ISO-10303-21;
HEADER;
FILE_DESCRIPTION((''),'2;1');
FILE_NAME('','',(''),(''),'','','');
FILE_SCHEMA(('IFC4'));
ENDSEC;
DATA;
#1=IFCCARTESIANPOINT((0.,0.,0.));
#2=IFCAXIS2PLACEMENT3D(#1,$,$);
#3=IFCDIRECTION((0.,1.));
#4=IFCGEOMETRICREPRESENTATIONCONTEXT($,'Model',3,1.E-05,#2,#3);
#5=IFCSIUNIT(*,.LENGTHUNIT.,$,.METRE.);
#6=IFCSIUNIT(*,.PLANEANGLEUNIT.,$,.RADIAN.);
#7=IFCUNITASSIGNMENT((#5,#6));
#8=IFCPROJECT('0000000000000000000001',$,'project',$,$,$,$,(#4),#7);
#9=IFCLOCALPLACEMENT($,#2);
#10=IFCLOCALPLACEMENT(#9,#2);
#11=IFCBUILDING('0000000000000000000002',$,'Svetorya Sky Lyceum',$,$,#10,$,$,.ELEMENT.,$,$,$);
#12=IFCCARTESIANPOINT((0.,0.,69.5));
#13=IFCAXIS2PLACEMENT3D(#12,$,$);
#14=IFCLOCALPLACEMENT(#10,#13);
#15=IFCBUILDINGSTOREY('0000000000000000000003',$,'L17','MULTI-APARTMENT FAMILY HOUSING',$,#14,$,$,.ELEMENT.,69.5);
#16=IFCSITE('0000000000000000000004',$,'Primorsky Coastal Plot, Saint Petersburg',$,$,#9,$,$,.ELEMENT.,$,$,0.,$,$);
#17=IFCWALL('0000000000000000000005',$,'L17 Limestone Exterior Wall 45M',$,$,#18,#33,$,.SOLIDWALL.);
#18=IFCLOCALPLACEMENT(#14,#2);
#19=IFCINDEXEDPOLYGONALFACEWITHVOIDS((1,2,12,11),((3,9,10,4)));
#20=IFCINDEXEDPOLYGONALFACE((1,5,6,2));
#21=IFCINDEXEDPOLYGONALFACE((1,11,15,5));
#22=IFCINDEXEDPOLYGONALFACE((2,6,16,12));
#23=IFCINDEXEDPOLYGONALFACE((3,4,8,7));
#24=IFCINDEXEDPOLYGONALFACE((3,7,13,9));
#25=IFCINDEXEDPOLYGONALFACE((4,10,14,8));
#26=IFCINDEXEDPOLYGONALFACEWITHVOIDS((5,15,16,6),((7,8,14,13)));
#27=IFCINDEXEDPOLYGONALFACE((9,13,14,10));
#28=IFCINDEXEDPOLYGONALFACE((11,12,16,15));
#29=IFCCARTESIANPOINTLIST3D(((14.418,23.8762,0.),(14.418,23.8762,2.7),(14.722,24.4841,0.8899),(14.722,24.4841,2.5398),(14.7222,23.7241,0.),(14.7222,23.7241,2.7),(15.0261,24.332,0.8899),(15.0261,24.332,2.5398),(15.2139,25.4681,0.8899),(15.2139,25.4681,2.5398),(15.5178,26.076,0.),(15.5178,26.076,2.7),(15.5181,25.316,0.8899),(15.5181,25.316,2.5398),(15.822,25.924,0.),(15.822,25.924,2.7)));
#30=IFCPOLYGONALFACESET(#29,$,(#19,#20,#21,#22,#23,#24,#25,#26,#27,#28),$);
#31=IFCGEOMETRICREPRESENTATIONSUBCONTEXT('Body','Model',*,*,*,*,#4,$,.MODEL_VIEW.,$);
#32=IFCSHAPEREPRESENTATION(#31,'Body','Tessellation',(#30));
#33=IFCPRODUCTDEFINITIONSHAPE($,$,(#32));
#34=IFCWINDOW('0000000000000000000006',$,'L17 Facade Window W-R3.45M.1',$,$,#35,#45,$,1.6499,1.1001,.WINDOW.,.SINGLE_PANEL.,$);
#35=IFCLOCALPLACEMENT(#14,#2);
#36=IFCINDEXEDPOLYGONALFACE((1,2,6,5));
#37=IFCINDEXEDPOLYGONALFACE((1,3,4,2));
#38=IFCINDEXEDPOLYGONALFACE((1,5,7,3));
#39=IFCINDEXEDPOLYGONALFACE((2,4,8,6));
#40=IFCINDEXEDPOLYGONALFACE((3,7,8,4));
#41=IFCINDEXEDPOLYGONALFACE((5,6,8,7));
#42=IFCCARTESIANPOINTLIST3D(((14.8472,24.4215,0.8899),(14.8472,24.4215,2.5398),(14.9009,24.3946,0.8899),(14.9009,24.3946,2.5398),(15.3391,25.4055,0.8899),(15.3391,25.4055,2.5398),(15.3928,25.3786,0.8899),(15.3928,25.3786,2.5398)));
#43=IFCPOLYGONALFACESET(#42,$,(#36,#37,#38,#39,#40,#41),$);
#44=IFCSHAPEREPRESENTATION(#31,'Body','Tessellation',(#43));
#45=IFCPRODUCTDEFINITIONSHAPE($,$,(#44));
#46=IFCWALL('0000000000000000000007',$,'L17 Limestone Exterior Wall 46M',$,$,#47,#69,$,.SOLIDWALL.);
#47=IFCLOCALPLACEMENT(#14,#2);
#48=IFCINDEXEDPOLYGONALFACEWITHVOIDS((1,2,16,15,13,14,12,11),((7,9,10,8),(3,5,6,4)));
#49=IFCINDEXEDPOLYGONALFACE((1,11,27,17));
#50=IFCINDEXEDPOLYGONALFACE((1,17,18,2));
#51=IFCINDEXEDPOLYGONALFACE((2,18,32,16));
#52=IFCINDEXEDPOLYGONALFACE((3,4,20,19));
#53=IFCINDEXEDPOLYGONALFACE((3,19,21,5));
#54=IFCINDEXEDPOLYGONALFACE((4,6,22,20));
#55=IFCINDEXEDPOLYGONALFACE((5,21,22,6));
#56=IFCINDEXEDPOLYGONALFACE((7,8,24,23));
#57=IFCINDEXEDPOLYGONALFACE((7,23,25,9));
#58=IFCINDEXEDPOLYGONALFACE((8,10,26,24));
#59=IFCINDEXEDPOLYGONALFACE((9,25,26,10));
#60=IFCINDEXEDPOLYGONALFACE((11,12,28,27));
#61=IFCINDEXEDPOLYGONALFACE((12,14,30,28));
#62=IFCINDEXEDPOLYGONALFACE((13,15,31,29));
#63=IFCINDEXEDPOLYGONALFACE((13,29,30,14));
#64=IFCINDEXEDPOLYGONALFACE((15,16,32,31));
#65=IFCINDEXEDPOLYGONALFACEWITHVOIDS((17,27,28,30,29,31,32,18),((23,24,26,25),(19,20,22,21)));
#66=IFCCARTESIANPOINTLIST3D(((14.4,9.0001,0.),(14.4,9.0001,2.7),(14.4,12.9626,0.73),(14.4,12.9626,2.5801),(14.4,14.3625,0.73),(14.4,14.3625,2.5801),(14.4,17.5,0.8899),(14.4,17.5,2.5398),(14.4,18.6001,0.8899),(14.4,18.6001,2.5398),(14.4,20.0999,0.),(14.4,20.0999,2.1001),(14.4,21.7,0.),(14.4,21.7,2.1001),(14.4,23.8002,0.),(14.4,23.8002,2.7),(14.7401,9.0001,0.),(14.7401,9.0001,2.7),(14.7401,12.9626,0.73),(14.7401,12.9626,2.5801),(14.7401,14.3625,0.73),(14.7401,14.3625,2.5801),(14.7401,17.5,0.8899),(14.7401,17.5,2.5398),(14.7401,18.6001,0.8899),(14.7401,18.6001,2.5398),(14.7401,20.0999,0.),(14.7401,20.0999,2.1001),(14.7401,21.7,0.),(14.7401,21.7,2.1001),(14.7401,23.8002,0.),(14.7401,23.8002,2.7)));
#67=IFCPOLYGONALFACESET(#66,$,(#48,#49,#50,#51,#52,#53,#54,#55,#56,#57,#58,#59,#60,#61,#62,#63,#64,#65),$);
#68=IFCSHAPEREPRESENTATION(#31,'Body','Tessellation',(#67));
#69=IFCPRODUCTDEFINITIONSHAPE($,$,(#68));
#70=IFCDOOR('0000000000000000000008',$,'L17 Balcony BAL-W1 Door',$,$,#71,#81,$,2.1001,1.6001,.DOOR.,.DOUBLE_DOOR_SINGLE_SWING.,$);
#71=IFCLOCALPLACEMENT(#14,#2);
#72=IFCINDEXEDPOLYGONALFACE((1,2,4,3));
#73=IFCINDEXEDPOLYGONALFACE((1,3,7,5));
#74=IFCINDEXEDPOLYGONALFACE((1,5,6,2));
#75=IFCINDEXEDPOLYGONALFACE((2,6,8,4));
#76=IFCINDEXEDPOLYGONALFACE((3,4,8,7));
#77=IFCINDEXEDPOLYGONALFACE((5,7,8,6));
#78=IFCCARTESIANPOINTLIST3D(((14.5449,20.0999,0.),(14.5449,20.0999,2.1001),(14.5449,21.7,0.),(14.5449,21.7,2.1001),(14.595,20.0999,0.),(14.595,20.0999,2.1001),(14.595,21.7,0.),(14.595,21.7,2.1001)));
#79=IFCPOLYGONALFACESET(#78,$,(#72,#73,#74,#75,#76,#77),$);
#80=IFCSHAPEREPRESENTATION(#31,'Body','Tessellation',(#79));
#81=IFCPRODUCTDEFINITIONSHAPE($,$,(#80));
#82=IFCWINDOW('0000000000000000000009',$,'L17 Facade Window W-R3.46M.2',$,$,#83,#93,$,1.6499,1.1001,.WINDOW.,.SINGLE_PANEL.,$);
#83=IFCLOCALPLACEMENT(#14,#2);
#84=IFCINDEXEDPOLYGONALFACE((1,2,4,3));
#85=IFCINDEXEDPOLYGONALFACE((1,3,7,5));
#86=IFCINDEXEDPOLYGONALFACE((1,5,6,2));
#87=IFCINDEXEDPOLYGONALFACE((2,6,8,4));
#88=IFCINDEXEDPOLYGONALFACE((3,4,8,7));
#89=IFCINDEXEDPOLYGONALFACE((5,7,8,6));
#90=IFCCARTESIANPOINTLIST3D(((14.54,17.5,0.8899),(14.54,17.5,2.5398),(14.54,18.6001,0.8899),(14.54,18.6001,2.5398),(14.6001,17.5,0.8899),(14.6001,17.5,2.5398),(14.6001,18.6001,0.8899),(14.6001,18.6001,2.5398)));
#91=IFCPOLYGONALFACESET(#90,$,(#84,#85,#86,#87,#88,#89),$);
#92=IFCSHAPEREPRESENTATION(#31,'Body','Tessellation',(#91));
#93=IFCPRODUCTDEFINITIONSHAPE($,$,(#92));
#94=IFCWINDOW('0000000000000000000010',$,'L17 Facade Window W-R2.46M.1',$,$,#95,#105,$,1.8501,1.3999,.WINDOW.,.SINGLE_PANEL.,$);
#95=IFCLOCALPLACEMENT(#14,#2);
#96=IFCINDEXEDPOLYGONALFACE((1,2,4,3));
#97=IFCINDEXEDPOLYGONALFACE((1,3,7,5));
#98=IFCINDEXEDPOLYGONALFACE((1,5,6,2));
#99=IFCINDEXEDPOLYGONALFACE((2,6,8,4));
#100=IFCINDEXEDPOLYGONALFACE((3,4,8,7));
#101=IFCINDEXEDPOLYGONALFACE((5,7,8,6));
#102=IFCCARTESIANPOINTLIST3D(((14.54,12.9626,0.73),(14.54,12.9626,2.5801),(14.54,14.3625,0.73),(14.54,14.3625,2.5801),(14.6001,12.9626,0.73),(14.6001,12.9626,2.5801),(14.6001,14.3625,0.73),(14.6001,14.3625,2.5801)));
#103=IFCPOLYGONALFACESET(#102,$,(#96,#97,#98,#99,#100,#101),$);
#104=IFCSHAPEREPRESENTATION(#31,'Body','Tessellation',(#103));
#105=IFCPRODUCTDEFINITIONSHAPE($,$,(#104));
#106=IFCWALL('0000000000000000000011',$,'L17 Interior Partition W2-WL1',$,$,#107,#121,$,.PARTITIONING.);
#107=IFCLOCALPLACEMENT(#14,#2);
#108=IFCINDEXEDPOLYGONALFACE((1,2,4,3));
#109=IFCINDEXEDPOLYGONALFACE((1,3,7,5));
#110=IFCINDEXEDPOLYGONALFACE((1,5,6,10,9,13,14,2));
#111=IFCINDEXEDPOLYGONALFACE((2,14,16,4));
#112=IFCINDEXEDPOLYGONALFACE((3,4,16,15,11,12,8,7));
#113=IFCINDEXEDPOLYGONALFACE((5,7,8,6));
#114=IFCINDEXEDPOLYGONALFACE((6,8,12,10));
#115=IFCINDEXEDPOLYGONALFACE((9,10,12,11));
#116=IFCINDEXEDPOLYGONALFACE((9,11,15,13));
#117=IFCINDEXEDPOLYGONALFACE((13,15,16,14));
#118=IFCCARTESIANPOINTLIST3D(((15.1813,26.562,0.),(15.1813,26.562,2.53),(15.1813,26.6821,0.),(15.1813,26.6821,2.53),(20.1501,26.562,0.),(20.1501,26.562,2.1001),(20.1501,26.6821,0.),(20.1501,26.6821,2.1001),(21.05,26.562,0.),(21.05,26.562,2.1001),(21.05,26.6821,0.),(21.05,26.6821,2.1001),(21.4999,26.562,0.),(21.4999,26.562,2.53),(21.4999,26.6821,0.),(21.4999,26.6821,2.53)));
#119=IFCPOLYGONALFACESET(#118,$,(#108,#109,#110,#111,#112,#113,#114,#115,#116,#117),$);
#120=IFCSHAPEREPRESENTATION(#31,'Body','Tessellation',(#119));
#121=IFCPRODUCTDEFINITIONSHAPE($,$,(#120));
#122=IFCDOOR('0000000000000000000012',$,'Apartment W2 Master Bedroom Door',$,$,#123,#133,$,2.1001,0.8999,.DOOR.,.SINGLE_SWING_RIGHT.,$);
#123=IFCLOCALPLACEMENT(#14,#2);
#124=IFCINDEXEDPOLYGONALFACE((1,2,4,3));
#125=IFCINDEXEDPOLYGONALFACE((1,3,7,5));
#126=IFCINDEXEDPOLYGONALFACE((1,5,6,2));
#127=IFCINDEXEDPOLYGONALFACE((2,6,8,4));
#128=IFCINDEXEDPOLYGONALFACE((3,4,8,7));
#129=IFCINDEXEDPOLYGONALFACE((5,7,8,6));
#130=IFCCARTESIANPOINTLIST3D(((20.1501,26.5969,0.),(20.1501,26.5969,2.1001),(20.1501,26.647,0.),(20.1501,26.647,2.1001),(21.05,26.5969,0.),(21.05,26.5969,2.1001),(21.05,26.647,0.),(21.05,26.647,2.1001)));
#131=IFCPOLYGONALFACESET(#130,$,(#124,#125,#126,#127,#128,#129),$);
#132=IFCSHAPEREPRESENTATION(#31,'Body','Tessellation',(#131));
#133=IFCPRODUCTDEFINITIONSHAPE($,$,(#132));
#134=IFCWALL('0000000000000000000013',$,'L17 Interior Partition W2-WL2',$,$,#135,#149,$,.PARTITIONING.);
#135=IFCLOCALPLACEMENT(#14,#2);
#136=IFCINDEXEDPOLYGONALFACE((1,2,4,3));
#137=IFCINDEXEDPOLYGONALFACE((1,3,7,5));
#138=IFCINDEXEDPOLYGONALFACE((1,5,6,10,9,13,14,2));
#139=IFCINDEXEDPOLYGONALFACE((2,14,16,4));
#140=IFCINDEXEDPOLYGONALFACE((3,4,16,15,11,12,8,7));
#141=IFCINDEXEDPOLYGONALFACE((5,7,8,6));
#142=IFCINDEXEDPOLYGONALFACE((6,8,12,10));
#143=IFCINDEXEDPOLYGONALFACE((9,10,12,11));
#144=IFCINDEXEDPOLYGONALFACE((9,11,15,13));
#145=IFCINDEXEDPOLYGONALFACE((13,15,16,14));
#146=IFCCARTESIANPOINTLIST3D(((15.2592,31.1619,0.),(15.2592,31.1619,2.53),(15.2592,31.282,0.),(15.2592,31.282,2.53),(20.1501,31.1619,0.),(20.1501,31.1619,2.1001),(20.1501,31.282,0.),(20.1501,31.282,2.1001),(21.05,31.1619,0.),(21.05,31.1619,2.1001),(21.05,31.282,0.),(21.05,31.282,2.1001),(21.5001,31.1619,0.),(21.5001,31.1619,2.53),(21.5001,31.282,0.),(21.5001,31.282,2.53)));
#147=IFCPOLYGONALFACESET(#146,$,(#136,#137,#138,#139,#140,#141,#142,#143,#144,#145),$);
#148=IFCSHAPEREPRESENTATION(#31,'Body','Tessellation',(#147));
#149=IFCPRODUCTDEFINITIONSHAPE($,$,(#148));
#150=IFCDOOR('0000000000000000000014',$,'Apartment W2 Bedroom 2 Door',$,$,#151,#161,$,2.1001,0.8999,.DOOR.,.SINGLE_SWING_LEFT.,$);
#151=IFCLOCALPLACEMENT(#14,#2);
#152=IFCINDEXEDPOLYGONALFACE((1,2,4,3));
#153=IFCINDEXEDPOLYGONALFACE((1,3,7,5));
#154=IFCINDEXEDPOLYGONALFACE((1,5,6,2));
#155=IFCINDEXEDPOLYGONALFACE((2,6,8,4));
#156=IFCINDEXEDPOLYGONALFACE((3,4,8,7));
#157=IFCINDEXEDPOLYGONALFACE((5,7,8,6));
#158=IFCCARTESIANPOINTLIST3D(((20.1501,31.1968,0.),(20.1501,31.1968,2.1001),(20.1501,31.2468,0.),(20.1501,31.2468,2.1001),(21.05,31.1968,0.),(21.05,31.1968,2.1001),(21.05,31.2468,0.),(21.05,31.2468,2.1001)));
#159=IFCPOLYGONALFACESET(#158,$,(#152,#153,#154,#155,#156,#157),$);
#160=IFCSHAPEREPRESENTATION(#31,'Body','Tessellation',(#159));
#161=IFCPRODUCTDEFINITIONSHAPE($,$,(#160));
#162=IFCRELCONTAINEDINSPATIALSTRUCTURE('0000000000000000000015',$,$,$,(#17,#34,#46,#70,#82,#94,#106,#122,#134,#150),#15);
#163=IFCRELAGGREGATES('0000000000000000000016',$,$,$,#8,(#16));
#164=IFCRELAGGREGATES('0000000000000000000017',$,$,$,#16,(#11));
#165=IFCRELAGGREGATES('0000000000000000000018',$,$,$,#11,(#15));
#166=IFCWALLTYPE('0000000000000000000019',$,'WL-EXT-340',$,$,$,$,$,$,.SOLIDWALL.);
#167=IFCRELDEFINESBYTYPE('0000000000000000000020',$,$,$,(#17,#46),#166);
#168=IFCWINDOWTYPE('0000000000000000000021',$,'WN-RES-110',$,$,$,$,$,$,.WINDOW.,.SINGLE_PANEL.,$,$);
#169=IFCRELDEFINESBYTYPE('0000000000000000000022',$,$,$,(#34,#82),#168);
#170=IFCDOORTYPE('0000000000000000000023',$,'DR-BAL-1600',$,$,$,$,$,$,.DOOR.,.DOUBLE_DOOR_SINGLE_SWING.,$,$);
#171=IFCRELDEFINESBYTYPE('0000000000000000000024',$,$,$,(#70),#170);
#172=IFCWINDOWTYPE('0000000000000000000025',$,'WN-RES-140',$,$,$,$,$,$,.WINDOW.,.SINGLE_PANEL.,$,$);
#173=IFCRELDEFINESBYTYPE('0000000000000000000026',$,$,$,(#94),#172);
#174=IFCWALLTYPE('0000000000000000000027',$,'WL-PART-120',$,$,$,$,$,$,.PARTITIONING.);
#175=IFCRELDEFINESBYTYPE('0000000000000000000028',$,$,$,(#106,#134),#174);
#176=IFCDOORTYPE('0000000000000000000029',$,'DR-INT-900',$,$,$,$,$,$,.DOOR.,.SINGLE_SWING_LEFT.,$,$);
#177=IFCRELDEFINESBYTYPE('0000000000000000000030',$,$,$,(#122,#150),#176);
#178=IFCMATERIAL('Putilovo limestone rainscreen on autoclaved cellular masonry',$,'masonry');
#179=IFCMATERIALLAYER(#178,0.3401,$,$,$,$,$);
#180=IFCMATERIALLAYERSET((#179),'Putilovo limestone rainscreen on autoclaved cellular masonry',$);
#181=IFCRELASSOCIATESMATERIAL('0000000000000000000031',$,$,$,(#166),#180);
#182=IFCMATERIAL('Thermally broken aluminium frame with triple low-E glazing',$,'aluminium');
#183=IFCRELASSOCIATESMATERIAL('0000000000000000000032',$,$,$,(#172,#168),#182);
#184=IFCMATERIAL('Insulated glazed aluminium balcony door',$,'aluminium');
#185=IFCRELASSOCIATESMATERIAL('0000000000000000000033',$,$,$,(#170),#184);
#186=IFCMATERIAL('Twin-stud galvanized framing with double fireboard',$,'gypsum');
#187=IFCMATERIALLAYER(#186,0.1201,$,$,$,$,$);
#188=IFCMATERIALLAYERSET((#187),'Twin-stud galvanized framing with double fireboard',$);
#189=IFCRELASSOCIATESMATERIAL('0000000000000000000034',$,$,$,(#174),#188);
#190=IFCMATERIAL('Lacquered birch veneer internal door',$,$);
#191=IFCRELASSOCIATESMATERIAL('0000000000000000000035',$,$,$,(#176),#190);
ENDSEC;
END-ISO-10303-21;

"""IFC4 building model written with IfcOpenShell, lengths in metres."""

from ifc_helpers import new_model, si_unit, direction, frame, frame_2d, origin, place, context, subcontext, project, spatial, rectangle, extrude, material, layer, layer_set, type_object, element, fill, save


model = new_model("IFC4")

# Units and contexts
model_context = context("Model", 3, precision=1e-05, world=origin(), true_north=direction((0.0, 1.0)))
body_context = subcontext(model_context, "Body", "Model", "MODEL_VIEW")
ifc_project = project(units=[si_unit("LENGTHUNIT", "METRE"), si_unit("PLANEANGLEUNIT", "RADIAN")], contexts=[model_context])

# Site, building, storey
site_placement = place(None, origin())
site = spatial("IfcSite", under=ifc_project, at=site_placement, Name="Primorsky Coastal Plot, Saint Petersburg", CompositionType="ELEMENT", RefElevation=0.0)
building_placement = place(site_placement, origin())
building = spatial("IfcBuilding", under=site, at=building_placement, Name="Svetorya Sky Lyceum", CompositionType="ELEMENT")
storey_placement = place(building_placement, frame((0.0, 0.0, 69.5)))
storey = spatial("IfcBuildingStorey", under=building, at=storey_placement, Name="L17", Description="MULTI-APARTMENT FAMILY HOUSING", CompositionType="ELEMENT", Elevation=69.5)

# Shared definitions
ifc_material_1 = material(Name="Putilovo limestone rainscreen on autoclaved cellular masonry", Category="masonry")
ifc_layer_1 = layer(ifc_material_1, 0.3401)
ifc_layer_set_1 = layer_set([ifc_layer_1], Name="Putilovo limestone rainscreen on autoclaved cellular masonry")
wall_type_1 = type_object("IfcWallType", Name="WL-EXT-340", PredefinedType="SOLIDWALL", material=ifc_layer_set_1)

# Shared definitions
ifc_material_2 = material(Name="Thermally broken aluminium frame with triple low-E glazing", Category="aluminium")
window_type_1 = type_object("IfcWindowType", Name="WN-RES-140", PartitioningType="SINGLE_PANEL", PredefinedType="WINDOW", material=ifc_material_2)

# Wall, opening, window
wall_1_placement = place(storey_placement, frame((15.6699, 26.0, 0.0), z_axis=(0.0, 0.0, 1.0), x_axis=(-0.447174, -0.894447, 0.0)))
wall_1 = element("IfcWall", 1, at=wall_1_placement, inside=storey, type_object=wall_type_1, Name="L17 Limestone Exterior Wall 45M", PredefinedType="SOLIDWALL", context=body_context, shape_type="SweptSolid", body=[
    extrude(rectangle(XDim=2.4595, YDim=0.3401, at=frame_2d((1.2297, 0.0))), origin(), (0.0, 0.0, 1.0), 2.7),
])
opening_1_placement = place(wall_1_placement, frame((0.6797, 0.0, 0.8899)))
opening_1 = element("IfcOpeningElement", 2, at=opening_1_placement, cuts=wall_1, PredefinedType="OPENING", context=body_context, shape_type="SweptSolid", body=[
    extrude(rectangle(XDim=1.1001, YDim=1.6499, at=frame_2d((0.55, 0.825))), frame((0.0, 0.1799, 0.0), z_axis=(0.0, -1.0, 0.0), x_axis=(1.0, 0.0, 0.0)), (0.0, 0.0, 1.0), 0.3601),
])
window_type_2 = type_object("IfcWindowType", Name="WN-RES-110", PartitioningType="SINGLE_PANEL", PredefinedType="WINDOW", material=ifc_material_2)
window_1_placement = place(opening_1_placement, origin())
window_1 = element("IfcWindow", 3, at=window_1_placement, inside=storey, type_object=window_type_2, Name="L17 Facade Window W-R3.45M.1", OverallHeight=1.6499, OverallWidth=1.1001, PartitioningType="SINGLE_PANEL", PredefinedType="WINDOW", context=body_context, shape_type="SweptSolid", body=[
    extrude(rectangle(XDim=1.1001, YDim=1.6499, at=frame_2d((0.55, 0.825))), frame((0.0, 0.03, 0.0), z_axis=(0.0, -1.0, 0.0), x_axis=(1.0, 0.0, 0.0)), (0.0, 0.0, 1.0), 0.0601),
])
fill(opening_1, window_1)

# Wall, openings, door, windows
wall_2_placement = place(storey_placement, frame((14.5701, 23.8, 0.0), z_axis=(0.0, 0.0, 1.0), x_axis=(0.0, -1.0, 0.0)))
wall_2 = element("IfcWall", 4, at=wall_2_placement, inside=storey, type_object=wall_type_1, Name="L17 Limestone Exterior Wall 46M", PredefinedType="SOLIDWALL", context=body_context, shape_type="SweptSolid", body=[
    extrude(rectangle(XDim=14.8, YDim=0.3401, at=frame_2d((7.3999, 0.0))), origin(), (0.0, 0.0, 1.0), 2.7),
])
opening_2_placement = place(wall_2_placement, frame((2.1001, 0.0, 0.0)))
opening_2 = element("IfcOpeningElement", 5, at=opening_2_placement, cuts=wall_2, PredefinedType="OPENING", context=body_context, shape_type="SweptSolid", body=[
    extrude(rectangle(XDim=1.6001, YDim=2.1001, at=frame_2d((0.8, 1.05))), frame((0.0, 0.1799, 0.0), z_axis=(0.0, -1.0, 0.0), x_axis=(1.0, 0.0, 0.0)), (0.0, 0.0, 1.0), 0.3601),
])
opening_3_placement = place(wall_2_placement, frame((5.2, 0.0, 0.8899)))
opening_3 = element("IfcOpeningElement", 6, at=opening_3_placement, cuts=wall_2, PredefinedType="OPENING", context=body_context, shape_type="SweptSolid", body=[
    extrude(rectangle(XDim=1.1001, YDim=1.6499, at=frame_2d((0.55, 0.825))), frame((0.0, 0.1799, 0.0), z_axis=(0.0, -1.0, 0.0), x_axis=(1.0, 0.0, 0.0)), (0.0, 0.0, 1.0), 0.3601),
])
opening_4_placement = place(wall_2_placement, frame((9.4375, 0.0, 0.73)))
opening_4 = element("IfcOpeningElement", 7, at=opening_4_placement, cuts=wall_2, PredefinedType="OPENING", context=body_context, shape_type="SweptSolid", body=[
    extrude(rectangle(XDim=1.3999, YDim=1.8501, at=frame_2d((0.7, 0.925))), frame((0.0, 0.1799, 0.0), z_axis=(0.0, -1.0, 0.0), x_axis=(1.0, 0.0, 0.0)), (0.0, 0.0, 1.0), 0.3601),
])
ifc_material_3 = material(Name="Insulated glazed aluminium balcony door", Category="aluminium")
door_type_1 = type_object("IfcDoorType", Name="DR-BAL-1600", OperationType="DOUBLE_DOOR_SINGLE_SWING", PredefinedType="DOOR", material=ifc_material_3)
door_1_placement = place(opening_2_placement, origin())
door_1 = element("IfcDoor", 8, at=door_1_placement, inside=storey, type_object=door_type_1, Name="L17 Balcony BAL-W1 Door", OperationType="DOUBLE_DOOR_SINGLE_SWING", OverallHeight=2.1001, OverallWidth=1.6001, PredefinedType="DOOR", context=body_context, shape_type="SweptSolid", body=[
    extrude(rectangle(XDim=1.6001, YDim=2.1001, at=frame_2d((0.8, 1.05))), frame((0.0, 0.0249, 0.0), z_axis=(0.0, -1.0, 0.0), x_axis=(1.0, 0.0, 0.0)), (0.0, 0.0, 1.0), 0.05),
])
fill(opening_2, door_1)
window_2_placement = place(opening_3_placement, origin())
window_2 = element("IfcWindow", 9, at=window_2_placement, inside=storey, type_object=window_type_2, Name="L17 Facade Window W-R3.46M.2", OverallHeight=1.6499, OverallWidth=1.1001, PartitioningType="SINGLE_PANEL", PredefinedType="WINDOW", context=body_context, shape_type="SweptSolid", body=[
    extrude(rectangle(XDim=1.1001, YDim=1.6499, at=frame_2d((0.55, 0.825))), frame((0.0, 0.03, 0.0), z_axis=(0.0, -1.0, 0.0), x_axis=(1.0, 0.0, 0.0)), (0.0, 0.0, 1.0), 0.0601),
])
fill(opening_3, window_2)
window_3_placement = place(opening_4_placement, origin())
window_3 = element("IfcWindow", 10, at=window_3_placement, inside=storey, type_object=window_type_1, Name="L17 Facade Window W-R2.46M.1", OverallHeight=1.8501, OverallWidth=1.3999, PartitioningType="SINGLE_PANEL", PredefinedType="WINDOW", context=body_context, shape_type="SweptSolid", body=[
    extrude(rectangle(XDim=1.3999, YDim=1.8501, at=frame_2d((0.7, 0.925))), frame((0.0, 0.03, 0.0), z_axis=(0.0, -1.0, 0.0), x_axis=(1.0, 0.0, 0.0)), (0.0, 0.0, 1.0), 0.0601),
])
fill(opening_4, window_3)

# Walls, openings, doors
ifc_material_4 = material(Name="Twin-stud galvanized framing with double fireboard", Category="gypsum")
ifc_layer_2 = layer(ifc_material_4, 0.1201)
ifc_layer_set_2 = layer_set([ifc_layer_2], Name="Twin-stud galvanized framing with double fireboard")
wall_type_2 = type_object("IfcWallType", Name="WL-PART-120", PredefinedType="PARTITIONING", material=ifc_layer_set_2)
wall_3_placement = place(storey_placement, frame((15.1814, 26.6221, 0.0), z_axis=(0.0, 0.0, 1.0), x_axis=(1.0, 0.0, 0.0)))
wall_3 = element("IfcWall", 11, at=wall_3_placement, inside=storey, type_object=wall_type_2, Name="L17 Interior Partition W2-WL1", PredefinedType="PARTITIONING", context=body_context, shape_type="SweptSolid", body=[
    extrude(rectangle(XDim=6.3186, YDim=0.1201, at=frame_2d((3.1592, 0.0))), origin(), (0.0, 0.0, 1.0), 2.53),
])
opening_5_placement = place(wall_3_placement, frame((4.9688, 0.0, 0.0)))
opening_5 = element("IfcOpeningElement", 12, at=opening_5_placement, cuts=wall_3, PredefinedType="OPENING", context=body_context, shape_type="SweptSolid", body=[
    extrude(rectangle(XDim=0.8999, YDim=2.1001, at=frame_2d((0.45, 1.05))), frame((0.0, 0.0701, 0.0), z_axis=(0.0, -1.0, 0.0), x_axis=(1.0, 0.0, 0.0)), (0.0, 0.0, 1.0), 0.1401),
])
ifc_material_5 = material(Name="Lacquered birch veneer internal door")
door_type_2 = type_object("IfcDoorType", Name="DR-INT-900", OperationType="SINGLE_SWING_LEFT", PredefinedType="DOOR", material=ifc_material_5)
door_2_placement = place(opening_5_placement, origin())
door_2 = element("IfcDoor", 13, at=door_2_placement, inside=storey, type_object=door_type_2, Name="Apartment W2 Master Bedroom Door", OperationType="SINGLE_SWING_RIGHT", OverallHeight=2.1001, OverallWidth=0.8999, PredefinedType="DOOR", context=body_context, shape_type="SweptSolid", body=[
    extrude(rectangle(XDim=0.8999, YDim=2.1001, at=frame_2d((0.45, 1.05))), frame((0.0, 0.0249, 0.0), z_axis=(0.0, -1.0, 0.0), x_axis=(1.0, 0.0, 0.0)), (0.0, 0.0, 1.0), 0.05),
])
fill(opening_5, door_2)
wall_4_placement = place(storey_placement, frame((15.259, 31.2219, 0.0), z_axis=(0.0, 0.0, 1.0), x_axis=(1.0, 0.0, 0.0)))
wall_4 = element("IfcWall", 14, at=wall_4_placement, inside=storey, type_object=wall_type_2, Name="L17 Interior Partition W2-WL2", PredefinedType="PARTITIONING", context=body_context, shape_type="SweptSolid", body=[
    extrude(rectangle(XDim=6.241, YDim=0.1201, at=frame_2d((3.1206, 0.0))), origin(), (0.0, 0.0, 1.0), 2.53),
])
opening_6_placement = place(wall_4_placement, frame((4.8911, 0.0, 0.0)))
opening_6 = element("IfcOpeningElement", 15, at=opening_6_placement, cuts=wall_4, PredefinedType="OPENING", context=body_context, shape_type="SweptSolid", body=[
    extrude(rectangle(XDim=0.8999, YDim=2.1001, at=frame_2d((0.45, 1.05))), frame((0.0, 0.0701, 0.0), z_axis=(0.0, -1.0, 0.0), x_axis=(1.0, 0.0, 0.0)), (0.0, 0.0, 1.0), 0.1401),
])
door_3_placement = place(opening_6_placement, origin())
door_3 = element("IfcDoor", 16, at=door_3_placement, inside=storey, type_object=door_type_2, Name="Apartment W2 Bedroom 2 Door", OperationType="SINGLE_SWING_LEFT", OverallHeight=2.1001, OverallWidth=0.8999, PredefinedType="DOOR", context=body_context, shape_type="SweptSolid", body=[
    extrude(rectangle(XDim=0.8999, YDim=2.1001, at=frame_2d((0.45, 1.05))), frame((0.0, 0.0249, 0.0), z_axis=(0.0, -1.0, 0.0), x_axis=(1.0, 0.0, 0.0)), (0.0, 0.0, 1.0), 0.05),
])
fill(opening_6, door_3)

save(model, "model.ifc")
